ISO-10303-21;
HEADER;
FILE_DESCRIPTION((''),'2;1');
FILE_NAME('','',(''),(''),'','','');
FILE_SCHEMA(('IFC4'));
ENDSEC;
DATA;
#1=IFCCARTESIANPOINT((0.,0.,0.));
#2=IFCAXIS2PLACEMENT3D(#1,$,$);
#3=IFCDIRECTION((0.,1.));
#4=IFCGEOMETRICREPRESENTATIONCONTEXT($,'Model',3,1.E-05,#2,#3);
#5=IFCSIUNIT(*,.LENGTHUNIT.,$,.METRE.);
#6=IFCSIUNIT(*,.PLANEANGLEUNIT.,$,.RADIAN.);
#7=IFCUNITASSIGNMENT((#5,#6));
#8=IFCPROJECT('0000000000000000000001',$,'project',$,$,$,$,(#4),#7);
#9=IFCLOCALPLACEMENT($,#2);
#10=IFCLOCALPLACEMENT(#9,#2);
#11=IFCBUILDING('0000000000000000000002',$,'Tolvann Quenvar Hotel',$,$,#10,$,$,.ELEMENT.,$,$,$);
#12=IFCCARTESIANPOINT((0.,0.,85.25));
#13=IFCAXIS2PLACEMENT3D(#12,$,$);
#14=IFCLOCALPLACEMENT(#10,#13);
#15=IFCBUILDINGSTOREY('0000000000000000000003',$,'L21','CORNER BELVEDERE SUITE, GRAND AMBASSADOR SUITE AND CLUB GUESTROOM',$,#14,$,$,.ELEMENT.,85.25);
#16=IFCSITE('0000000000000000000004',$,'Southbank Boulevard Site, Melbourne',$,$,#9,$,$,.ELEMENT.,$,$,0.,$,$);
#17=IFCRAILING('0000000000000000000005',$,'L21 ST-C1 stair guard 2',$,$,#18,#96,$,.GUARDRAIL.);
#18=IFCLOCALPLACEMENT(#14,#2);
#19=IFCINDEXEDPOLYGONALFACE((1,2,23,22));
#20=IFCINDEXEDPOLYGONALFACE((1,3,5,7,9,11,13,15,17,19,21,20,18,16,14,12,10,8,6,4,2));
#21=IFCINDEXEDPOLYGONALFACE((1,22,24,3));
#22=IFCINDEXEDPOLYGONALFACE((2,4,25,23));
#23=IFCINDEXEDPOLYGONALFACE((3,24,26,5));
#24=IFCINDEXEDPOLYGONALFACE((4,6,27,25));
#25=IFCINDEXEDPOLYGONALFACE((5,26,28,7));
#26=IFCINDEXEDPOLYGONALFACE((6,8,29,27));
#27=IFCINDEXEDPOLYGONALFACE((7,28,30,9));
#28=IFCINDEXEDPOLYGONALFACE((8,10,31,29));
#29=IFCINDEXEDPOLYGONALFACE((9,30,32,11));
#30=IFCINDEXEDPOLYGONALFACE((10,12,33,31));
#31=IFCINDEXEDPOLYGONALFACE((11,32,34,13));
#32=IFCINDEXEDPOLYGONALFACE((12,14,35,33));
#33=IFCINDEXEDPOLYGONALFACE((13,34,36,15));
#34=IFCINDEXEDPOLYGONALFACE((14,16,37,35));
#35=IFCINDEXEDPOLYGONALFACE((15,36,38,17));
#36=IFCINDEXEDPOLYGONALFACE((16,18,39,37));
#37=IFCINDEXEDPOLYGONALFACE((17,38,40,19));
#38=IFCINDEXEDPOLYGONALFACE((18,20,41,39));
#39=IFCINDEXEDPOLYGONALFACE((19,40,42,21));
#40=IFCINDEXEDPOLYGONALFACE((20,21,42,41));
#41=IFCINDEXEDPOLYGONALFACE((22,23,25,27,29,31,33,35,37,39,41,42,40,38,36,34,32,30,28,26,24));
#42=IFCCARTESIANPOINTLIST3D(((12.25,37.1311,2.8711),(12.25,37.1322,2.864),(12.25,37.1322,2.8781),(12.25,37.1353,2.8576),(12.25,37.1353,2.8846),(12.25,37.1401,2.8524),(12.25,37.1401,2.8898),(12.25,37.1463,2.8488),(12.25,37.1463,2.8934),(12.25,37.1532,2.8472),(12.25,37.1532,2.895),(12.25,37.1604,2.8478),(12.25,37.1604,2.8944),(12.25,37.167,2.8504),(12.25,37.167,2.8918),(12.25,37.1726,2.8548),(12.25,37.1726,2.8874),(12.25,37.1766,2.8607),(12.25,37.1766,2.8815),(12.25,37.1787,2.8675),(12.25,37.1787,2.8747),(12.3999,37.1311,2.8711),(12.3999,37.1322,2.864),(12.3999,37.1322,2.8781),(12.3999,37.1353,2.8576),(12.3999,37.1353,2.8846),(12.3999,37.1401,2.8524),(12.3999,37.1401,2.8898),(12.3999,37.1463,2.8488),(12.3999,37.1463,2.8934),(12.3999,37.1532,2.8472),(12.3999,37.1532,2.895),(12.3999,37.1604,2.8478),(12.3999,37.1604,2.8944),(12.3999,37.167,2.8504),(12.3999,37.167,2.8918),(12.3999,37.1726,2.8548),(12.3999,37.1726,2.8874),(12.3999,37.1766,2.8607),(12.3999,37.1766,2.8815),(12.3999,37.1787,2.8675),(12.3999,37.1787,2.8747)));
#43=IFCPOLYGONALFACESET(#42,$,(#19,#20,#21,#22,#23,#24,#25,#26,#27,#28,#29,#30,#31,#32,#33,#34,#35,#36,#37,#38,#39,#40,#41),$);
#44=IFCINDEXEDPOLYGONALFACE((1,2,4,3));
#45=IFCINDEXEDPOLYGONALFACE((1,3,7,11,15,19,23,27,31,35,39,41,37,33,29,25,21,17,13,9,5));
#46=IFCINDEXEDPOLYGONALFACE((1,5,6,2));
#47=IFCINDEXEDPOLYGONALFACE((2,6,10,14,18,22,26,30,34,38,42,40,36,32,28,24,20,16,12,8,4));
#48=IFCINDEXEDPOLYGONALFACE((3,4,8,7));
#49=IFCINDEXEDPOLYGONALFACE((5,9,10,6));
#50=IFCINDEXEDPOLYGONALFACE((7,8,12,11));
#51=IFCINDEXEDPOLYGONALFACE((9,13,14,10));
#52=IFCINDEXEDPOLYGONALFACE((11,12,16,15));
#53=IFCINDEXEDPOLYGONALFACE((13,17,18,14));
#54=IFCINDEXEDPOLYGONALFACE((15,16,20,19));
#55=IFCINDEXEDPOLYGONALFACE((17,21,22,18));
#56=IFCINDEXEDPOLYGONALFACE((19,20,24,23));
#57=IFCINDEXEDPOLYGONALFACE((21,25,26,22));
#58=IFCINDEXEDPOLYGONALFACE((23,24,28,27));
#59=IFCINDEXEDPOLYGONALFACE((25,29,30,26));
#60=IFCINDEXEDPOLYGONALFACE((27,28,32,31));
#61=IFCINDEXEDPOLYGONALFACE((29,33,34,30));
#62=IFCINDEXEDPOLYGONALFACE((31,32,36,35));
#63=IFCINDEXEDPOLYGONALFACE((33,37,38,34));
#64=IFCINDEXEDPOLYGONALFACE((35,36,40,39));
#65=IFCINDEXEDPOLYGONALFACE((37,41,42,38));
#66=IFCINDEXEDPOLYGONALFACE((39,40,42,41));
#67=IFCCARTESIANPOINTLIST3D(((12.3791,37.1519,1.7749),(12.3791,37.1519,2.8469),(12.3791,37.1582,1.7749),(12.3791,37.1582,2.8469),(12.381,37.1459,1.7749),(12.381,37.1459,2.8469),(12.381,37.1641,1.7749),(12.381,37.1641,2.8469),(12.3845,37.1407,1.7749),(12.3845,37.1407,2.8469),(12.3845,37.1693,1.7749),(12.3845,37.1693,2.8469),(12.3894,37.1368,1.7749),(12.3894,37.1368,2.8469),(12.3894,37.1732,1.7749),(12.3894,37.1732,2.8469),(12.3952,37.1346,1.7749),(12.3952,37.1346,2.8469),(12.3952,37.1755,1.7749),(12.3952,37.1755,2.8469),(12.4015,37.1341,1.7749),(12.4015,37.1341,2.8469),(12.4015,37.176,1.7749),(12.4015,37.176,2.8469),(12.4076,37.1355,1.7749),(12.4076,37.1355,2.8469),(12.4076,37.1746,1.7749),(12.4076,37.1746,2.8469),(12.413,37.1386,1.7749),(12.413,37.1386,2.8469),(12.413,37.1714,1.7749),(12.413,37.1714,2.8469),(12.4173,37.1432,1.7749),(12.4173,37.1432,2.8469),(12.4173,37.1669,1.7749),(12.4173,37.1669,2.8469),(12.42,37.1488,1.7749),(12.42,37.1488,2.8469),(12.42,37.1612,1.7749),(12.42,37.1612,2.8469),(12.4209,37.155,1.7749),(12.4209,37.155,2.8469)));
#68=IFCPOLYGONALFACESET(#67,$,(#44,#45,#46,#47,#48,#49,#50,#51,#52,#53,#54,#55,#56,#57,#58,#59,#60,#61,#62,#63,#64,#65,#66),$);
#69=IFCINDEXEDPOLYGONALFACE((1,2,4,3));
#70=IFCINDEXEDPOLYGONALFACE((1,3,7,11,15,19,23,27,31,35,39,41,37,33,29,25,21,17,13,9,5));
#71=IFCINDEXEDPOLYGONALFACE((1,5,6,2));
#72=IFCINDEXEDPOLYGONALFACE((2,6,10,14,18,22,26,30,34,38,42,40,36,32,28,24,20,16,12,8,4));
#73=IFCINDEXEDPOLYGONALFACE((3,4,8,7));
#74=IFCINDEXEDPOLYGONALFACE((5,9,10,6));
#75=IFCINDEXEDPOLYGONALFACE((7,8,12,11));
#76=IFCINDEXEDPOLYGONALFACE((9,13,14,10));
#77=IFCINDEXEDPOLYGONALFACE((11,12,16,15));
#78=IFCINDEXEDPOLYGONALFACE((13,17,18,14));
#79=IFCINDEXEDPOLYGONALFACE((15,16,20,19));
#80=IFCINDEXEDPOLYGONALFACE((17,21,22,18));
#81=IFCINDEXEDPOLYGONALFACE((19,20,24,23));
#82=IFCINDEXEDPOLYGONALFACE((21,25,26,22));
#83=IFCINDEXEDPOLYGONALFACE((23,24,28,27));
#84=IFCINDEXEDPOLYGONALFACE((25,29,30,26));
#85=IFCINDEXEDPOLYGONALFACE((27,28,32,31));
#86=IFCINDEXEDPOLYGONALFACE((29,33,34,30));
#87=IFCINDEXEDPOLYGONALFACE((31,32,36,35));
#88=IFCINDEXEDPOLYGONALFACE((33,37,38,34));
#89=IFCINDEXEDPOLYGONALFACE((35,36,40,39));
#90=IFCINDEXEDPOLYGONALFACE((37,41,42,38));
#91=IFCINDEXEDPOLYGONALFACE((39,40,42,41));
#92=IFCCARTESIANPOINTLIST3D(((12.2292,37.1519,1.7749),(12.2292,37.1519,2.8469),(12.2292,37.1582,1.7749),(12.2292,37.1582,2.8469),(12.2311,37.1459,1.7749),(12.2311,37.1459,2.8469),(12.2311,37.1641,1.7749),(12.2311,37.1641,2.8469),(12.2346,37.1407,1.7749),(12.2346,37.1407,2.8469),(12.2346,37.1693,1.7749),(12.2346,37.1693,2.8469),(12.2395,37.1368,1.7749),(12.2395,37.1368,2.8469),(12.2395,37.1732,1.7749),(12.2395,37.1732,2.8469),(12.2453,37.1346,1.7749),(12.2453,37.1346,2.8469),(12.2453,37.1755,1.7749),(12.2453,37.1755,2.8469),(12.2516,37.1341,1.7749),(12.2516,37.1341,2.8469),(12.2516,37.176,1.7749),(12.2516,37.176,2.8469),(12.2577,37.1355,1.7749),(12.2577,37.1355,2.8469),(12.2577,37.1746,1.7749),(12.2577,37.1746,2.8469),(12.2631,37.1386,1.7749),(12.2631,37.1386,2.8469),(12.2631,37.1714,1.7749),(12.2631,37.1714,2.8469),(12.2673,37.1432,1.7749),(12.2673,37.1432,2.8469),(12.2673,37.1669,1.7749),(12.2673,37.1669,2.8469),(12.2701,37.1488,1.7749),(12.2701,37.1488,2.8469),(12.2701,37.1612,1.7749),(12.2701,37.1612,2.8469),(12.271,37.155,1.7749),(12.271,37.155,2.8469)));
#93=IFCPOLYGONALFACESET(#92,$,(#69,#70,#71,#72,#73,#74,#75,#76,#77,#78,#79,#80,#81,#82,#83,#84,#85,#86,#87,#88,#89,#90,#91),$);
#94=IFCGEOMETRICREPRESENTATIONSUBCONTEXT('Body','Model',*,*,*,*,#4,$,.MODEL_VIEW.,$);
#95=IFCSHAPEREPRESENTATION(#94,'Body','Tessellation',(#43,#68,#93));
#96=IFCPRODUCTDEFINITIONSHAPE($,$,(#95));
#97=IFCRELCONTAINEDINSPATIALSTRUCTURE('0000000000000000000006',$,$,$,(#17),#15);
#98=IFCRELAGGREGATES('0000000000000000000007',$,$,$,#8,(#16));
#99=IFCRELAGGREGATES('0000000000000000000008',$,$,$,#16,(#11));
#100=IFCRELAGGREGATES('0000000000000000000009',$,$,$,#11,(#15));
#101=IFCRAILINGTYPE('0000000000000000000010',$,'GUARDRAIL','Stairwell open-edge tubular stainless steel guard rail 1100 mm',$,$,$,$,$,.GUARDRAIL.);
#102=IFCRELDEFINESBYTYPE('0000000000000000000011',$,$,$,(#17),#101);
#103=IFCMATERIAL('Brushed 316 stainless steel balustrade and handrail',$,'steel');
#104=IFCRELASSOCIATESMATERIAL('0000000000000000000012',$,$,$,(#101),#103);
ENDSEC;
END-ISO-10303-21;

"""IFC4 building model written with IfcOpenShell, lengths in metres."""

from ifc_helpers import new_model, si_unit, direction, frame, origin, origin_2d, place, context, subcontext, project, spatial, circle, extrude, material, type_object, element, save


model = new_model("IFC4")

# Units and contexts
model_context = context("Model", 3, precision=1e-05, world=origin(), true_north=direction((0.0, 1.0)))
body_context = subcontext(model_context, "Body", "Model", "MODEL_VIEW")
ifc_project = project(units=[si_unit("LENGTHUNIT", "METRE"), si_unit("PLANEANGLEUNIT", "RADIAN")], contexts=[model_context])

# Site, building, storey
site_placement = place(None, origin())
site = spatial("IfcSite", under=ifc_project, at=site_placement, Name="Southbank Boulevard Site, Melbourne", CompositionType="ELEMENT", RefElevation=0.0)
building_placement = place(site_placement, origin())
building = spatial("IfcBuilding", under=site, at=building_placement, Name="Tolvann Quenvar Hotel", CompositionType="ELEMENT")
storey_placement = place(building_placement, frame((0.0, 0.0, 85.25)))
storey = spatial("IfcBuildingStorey", under=building, at=storey_placement, Name="L21", Description="CORNER BELVEDERE SUITE, GRAND AMBASSADOR SUITE AND CLUB GUESTROOM", CompositionType="ELEMENT", Elevation=85.25)

# Railing
ifc_material_1 = material(Name="Brushed 316 stainless steel balustrade and handrail", Category="steel")
railing_type_1 = type_object("IfcRailingType", Name="GUARDRAIL", Description="Stairwell open-edge tubular stainless steel guard rail 1100 mm", PredefinedType="GUARDRAIL", material=ifc_material_1)
railing_1_placement = place(storey_placement, frame((12.3999, 37.155, 1.7749)))
element("IfcRailing", 1, at=railing_1_placement, inside=storey, type_object=railing_type_1, Name="L21 ST-C1 stair guard 2", PredefinedType="GUARDRAIL", context=body_context, shape_type="SweptSolid", body=[
    extrude(circle(Radius=0.0239, at=origin_2d()), frame((0.0, 0.0, 1.0962), z_axis=(-1.0, 0.0, 0.0), x_axis=(0.0, -1.0, 0.0)), (0.0, 0.0, 1.0), 0.1499),
    extrude(circle(Radius=0.021, at=origin_2d()), origin(), (0.0, 0.0, 1.0), 1.072),
    extrude(circle(Radius=0.021, at=origin_2d()), frame((-0.1499, 0.0, 0.0)), (0.0, 0.0, 1.0), 1.072),
])

save(model, "model.ifc")
